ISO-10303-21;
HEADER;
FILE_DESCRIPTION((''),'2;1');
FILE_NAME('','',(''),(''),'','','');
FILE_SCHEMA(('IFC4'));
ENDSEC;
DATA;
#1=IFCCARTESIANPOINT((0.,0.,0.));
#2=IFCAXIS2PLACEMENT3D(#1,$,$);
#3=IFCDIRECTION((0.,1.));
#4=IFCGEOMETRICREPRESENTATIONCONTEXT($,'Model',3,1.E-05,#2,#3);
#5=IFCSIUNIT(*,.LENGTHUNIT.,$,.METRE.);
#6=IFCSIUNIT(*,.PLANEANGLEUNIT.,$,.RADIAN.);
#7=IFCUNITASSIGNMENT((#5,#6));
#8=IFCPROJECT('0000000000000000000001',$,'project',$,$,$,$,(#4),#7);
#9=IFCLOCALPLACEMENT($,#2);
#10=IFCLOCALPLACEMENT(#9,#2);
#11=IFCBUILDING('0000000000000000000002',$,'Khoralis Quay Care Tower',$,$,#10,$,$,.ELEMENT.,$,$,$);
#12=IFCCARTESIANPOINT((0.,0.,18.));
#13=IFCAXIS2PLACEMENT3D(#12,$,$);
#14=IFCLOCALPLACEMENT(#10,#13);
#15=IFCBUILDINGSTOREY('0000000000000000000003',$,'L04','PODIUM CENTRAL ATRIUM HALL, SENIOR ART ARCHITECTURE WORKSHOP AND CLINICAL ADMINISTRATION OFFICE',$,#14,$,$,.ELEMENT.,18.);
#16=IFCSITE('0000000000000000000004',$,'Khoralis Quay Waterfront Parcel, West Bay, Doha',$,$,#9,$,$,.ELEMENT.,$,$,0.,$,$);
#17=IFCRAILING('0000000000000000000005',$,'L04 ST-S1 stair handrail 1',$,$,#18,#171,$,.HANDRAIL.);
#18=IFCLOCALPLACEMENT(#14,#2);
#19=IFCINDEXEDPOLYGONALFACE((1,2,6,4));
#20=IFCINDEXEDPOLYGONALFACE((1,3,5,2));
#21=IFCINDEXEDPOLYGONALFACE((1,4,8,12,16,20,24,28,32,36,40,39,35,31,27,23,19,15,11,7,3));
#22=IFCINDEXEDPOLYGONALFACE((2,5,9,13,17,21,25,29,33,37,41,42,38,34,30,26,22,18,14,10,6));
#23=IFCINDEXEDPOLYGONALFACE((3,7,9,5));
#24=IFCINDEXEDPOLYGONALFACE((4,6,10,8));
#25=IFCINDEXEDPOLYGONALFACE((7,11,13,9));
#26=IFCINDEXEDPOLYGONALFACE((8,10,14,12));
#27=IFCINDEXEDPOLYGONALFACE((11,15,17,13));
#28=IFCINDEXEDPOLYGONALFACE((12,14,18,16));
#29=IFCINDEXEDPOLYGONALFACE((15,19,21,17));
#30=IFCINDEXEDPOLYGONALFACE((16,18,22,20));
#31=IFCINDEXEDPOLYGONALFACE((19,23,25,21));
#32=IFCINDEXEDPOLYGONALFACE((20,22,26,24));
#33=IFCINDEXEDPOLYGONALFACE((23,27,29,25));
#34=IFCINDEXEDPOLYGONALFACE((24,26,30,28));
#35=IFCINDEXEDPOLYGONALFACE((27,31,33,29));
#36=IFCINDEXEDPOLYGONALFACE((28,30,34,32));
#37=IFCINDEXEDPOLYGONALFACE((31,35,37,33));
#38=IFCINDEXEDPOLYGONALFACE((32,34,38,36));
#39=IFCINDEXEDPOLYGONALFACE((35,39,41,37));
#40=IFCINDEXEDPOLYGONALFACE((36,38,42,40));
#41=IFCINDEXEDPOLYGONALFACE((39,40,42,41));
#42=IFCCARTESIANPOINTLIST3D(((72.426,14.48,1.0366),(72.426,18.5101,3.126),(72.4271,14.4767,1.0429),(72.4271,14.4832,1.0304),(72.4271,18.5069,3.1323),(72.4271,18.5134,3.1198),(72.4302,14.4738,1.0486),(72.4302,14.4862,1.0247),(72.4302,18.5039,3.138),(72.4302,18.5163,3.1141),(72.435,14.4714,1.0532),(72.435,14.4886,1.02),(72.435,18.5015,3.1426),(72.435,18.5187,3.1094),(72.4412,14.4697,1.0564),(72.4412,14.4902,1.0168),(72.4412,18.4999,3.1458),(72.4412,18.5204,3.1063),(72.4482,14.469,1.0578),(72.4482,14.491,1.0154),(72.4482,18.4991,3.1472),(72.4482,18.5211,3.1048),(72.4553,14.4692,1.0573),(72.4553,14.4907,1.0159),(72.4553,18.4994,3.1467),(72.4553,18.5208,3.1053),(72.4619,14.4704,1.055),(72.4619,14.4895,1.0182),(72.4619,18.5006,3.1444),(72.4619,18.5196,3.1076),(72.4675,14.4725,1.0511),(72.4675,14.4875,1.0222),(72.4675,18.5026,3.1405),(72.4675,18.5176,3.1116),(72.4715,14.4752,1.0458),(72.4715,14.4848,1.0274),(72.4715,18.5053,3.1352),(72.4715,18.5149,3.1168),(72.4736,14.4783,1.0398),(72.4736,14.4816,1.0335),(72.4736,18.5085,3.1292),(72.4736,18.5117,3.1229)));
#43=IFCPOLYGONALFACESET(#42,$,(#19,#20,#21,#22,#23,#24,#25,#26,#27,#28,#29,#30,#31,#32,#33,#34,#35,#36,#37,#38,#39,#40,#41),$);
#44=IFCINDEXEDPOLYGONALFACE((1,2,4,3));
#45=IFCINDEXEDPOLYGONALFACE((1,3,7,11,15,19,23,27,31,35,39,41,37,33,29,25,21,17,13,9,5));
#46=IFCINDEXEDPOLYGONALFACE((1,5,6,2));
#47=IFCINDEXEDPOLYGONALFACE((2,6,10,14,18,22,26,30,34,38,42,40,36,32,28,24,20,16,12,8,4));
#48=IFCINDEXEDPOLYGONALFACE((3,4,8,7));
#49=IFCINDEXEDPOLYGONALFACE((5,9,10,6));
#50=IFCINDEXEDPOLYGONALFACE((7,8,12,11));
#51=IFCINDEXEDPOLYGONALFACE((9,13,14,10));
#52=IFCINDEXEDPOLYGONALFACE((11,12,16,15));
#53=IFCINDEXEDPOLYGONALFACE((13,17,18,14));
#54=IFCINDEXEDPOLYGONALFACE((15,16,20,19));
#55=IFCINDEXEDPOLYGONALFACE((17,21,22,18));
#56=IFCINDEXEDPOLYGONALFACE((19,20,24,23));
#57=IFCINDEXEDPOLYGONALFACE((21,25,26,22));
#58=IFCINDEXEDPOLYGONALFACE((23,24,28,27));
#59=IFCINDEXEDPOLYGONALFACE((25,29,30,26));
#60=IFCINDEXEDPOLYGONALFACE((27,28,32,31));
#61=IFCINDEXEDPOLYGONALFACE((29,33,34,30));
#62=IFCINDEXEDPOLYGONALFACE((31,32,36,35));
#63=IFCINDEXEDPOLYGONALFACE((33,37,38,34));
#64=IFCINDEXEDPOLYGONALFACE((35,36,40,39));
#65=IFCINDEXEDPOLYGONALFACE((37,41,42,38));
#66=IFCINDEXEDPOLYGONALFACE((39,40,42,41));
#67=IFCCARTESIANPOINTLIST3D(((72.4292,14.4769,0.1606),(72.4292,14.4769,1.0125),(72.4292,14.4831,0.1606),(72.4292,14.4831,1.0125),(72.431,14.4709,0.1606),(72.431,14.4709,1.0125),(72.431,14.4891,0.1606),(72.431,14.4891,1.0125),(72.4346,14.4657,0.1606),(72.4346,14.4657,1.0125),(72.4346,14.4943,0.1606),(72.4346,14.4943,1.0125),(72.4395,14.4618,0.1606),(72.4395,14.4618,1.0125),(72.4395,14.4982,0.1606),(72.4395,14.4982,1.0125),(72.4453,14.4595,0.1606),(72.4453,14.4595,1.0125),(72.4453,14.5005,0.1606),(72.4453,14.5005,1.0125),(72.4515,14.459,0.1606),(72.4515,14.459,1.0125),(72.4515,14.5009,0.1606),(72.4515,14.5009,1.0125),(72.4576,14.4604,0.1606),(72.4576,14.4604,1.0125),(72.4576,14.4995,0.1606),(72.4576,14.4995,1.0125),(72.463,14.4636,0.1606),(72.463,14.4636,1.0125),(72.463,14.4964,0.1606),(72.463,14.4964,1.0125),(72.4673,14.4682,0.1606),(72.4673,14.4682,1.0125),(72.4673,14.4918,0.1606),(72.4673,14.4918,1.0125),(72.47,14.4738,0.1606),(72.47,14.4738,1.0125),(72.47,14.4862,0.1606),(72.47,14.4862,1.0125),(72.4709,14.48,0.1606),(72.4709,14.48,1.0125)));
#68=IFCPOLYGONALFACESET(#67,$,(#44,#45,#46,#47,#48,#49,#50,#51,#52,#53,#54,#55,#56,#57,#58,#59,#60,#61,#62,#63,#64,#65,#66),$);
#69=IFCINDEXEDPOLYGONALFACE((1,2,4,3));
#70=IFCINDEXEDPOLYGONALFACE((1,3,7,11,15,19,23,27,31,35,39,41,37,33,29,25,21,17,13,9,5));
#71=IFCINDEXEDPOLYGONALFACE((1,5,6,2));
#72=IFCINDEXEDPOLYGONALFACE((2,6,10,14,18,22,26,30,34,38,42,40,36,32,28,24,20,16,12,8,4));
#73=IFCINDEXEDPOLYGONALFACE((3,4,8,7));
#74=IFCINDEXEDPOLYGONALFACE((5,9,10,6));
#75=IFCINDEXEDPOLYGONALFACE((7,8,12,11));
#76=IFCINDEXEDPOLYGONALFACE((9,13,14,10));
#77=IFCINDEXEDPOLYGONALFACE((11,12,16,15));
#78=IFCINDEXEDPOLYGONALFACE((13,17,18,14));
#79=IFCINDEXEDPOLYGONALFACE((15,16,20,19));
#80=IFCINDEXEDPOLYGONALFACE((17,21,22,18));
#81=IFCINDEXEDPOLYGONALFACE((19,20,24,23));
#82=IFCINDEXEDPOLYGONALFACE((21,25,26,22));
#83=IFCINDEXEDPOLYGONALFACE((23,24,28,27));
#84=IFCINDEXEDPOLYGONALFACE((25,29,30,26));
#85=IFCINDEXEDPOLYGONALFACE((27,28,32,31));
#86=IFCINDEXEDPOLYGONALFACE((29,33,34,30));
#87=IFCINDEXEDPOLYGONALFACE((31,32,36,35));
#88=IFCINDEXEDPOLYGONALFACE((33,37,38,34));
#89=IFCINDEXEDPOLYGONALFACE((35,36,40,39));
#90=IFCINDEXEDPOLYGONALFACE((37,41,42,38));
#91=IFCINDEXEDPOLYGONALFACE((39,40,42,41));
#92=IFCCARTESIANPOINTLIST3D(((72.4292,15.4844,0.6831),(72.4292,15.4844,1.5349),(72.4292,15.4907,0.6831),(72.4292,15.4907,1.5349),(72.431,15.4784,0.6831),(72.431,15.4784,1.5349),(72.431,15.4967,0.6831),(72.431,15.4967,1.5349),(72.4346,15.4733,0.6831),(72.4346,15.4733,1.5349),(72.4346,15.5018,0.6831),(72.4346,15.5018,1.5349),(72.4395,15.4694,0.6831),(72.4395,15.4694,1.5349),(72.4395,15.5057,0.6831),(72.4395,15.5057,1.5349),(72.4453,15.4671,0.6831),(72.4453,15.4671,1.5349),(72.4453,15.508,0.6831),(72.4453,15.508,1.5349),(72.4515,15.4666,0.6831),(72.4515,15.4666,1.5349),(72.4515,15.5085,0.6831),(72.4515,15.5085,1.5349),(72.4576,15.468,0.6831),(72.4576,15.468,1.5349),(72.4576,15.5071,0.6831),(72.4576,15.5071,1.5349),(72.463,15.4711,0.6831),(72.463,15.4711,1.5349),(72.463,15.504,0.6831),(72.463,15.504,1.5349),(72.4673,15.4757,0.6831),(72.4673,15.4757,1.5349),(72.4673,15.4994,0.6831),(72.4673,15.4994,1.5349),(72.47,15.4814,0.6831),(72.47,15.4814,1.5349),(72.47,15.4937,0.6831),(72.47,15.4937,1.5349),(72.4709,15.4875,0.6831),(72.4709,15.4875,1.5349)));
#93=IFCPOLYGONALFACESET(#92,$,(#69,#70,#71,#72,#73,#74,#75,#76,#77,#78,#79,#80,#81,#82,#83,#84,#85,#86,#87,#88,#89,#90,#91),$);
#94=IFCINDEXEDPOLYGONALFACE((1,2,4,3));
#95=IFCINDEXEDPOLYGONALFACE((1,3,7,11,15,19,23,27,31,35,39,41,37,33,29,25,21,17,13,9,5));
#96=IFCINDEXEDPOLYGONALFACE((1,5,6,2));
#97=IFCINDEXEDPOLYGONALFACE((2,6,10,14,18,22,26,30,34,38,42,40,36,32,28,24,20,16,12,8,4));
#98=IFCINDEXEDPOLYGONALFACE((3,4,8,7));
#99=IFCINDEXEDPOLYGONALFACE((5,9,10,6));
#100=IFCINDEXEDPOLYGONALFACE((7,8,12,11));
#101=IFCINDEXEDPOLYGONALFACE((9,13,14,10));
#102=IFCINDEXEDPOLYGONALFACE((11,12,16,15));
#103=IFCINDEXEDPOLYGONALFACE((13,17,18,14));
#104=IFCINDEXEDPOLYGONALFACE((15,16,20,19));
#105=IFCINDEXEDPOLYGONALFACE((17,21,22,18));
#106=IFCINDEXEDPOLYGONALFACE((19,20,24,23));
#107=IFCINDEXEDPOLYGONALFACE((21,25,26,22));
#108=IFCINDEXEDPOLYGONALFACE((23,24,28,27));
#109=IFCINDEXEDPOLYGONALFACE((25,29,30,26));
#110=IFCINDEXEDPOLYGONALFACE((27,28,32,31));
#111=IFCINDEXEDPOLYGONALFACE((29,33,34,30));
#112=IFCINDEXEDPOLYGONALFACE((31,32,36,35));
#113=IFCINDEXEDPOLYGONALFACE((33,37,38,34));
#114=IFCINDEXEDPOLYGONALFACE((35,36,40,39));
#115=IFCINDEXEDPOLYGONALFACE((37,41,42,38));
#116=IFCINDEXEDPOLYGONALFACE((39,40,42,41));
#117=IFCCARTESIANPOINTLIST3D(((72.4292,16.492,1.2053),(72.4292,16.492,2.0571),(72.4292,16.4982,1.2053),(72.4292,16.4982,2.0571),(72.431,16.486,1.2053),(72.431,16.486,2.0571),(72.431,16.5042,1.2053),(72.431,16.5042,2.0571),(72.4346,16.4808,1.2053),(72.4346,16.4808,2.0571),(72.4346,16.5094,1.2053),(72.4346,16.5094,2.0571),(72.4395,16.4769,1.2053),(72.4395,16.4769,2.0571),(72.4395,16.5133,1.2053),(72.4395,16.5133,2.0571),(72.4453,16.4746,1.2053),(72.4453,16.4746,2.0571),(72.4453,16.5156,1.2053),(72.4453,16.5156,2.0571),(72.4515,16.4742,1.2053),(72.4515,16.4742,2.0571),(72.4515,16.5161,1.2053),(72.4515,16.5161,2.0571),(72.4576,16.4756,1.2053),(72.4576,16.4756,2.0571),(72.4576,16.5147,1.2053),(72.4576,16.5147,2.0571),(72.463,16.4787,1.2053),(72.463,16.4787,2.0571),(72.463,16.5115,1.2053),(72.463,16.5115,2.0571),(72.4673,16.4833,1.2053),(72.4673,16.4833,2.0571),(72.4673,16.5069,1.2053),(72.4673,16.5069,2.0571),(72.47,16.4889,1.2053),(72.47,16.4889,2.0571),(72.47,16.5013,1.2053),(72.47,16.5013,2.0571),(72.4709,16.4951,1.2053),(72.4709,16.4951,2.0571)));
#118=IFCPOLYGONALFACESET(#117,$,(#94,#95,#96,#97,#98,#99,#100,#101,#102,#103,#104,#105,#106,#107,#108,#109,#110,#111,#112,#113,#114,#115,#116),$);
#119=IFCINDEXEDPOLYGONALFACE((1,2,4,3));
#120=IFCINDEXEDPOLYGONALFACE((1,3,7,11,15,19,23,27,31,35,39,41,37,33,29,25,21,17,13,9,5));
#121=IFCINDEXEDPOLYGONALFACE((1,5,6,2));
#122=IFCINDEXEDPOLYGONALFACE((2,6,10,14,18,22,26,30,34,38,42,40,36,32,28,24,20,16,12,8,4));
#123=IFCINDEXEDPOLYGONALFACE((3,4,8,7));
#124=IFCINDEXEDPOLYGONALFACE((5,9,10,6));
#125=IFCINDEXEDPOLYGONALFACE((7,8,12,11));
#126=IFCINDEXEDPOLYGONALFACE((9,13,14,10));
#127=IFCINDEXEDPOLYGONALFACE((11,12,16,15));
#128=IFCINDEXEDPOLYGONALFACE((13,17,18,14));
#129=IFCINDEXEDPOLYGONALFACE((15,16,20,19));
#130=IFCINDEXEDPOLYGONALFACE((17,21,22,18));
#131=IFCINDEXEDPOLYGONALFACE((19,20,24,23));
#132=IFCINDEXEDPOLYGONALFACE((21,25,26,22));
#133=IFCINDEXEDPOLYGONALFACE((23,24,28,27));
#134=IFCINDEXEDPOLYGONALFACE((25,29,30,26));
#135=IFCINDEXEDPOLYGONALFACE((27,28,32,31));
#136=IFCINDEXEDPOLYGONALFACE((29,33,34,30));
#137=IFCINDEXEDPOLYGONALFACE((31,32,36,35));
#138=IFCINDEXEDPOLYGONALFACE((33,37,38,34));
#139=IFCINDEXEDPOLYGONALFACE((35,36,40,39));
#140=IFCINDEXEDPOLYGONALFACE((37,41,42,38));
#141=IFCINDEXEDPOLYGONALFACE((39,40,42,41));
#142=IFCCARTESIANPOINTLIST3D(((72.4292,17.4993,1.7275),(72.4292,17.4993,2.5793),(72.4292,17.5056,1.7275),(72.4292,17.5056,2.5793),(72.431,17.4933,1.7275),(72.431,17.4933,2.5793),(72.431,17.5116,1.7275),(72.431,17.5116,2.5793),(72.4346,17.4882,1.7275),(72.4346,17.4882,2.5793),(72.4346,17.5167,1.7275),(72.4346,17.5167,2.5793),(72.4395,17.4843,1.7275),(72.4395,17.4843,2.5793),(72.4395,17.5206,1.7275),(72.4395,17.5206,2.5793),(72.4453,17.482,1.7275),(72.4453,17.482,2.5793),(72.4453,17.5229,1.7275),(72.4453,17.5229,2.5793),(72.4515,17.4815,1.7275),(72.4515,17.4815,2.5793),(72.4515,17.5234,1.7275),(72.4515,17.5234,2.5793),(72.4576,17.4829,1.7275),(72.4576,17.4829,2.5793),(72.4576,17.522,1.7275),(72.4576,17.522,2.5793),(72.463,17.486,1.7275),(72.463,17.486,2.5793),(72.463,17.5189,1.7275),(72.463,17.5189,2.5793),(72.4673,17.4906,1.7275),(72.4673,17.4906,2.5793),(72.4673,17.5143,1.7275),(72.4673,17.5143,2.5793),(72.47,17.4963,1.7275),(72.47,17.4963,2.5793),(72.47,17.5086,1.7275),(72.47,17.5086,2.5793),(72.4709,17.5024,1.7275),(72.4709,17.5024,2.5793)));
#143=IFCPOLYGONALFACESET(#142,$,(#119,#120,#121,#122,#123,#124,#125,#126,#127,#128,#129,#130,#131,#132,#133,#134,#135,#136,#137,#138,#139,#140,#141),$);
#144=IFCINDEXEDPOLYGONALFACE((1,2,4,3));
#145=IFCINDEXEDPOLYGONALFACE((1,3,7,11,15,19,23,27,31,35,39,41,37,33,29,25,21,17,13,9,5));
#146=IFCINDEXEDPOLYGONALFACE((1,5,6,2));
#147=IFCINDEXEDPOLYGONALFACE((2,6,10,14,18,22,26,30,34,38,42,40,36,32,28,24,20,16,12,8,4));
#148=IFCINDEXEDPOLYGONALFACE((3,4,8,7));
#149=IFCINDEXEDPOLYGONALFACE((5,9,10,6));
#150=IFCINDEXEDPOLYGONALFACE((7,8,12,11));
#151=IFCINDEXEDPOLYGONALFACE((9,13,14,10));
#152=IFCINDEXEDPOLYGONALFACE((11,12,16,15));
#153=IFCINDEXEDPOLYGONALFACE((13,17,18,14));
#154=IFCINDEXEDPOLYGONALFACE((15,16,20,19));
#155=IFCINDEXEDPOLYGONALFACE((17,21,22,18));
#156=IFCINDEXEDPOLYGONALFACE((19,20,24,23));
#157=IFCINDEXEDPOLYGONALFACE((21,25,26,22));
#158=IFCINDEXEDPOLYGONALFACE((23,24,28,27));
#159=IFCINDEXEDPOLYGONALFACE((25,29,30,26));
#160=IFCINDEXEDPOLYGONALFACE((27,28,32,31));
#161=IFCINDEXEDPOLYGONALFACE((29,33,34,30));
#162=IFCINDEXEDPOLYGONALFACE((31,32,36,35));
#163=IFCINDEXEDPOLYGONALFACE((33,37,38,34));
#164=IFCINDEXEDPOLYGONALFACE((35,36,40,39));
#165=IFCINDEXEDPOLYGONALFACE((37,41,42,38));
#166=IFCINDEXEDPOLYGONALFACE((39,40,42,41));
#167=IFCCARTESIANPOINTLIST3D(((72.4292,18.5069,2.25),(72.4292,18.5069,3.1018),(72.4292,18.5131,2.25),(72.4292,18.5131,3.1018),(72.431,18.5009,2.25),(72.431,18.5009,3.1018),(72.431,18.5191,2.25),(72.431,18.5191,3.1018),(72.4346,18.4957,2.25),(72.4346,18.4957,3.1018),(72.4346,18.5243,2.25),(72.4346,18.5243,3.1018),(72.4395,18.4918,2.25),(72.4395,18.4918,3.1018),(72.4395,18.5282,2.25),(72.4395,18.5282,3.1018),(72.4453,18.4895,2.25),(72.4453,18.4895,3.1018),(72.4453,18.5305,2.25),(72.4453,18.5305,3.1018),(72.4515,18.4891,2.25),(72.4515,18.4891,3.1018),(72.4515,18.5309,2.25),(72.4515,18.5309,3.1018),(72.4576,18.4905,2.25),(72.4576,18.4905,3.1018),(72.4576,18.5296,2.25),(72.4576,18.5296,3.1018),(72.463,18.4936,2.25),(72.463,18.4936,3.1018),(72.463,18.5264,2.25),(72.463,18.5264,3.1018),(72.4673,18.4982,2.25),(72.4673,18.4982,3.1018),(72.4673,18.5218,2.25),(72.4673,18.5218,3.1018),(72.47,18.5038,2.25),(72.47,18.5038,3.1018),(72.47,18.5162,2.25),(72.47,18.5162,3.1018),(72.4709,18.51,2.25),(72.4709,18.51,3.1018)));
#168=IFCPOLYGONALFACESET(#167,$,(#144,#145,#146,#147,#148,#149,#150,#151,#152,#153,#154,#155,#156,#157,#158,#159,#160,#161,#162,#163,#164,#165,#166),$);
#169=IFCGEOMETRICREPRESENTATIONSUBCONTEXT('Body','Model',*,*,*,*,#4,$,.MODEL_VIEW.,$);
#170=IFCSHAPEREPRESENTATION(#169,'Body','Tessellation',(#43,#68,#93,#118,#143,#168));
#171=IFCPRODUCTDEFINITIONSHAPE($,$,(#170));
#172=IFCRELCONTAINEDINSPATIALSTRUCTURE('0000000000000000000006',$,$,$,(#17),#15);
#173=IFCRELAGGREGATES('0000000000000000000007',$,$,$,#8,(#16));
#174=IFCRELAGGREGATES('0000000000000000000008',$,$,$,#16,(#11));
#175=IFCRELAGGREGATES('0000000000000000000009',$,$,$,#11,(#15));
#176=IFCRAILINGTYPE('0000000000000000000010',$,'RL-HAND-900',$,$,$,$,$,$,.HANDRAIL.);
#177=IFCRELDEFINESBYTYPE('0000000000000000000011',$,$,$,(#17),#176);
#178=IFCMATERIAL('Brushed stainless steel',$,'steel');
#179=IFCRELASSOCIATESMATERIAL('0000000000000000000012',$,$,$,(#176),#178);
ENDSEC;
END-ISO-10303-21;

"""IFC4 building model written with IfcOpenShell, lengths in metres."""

from ifc_helpers import new_model, si_unit, direction, frame, origin, origin_2d, place, context, subcontext, project, spatial, circle, extrude, material, type_object, element, save


model = new_model("IFC4")

# Units and contexts
model_context = context("Model", 3, precision=1e-05, world=origin(), true_north=direction((0.0, 1.0)))
body_context = subcontext(model_context, "Body", "Model", "MODEL_VIEW")
ifc_project = project(units=[si_unit("LENGTHUNIT", "METRE"), si_unit("PLANEANGLEUNIT", "RADIAN")], contexts=[model_context])

# Site, building, storey
site_placement = place(None, origin())
site = spatial("IfcSite", under=ifc_project, at=site_placement, Name="Khoralis Quay Waterfront Parcel, West Bay, Doha", CompositionType="ELEMENT", RefElevation=0.0)
building_placement = place(site_placement, origin())
building = spatial("IfcBuilding", under=site, at=building_placement, Name="Khoralis Quay Care Tower", CompositionType="ELEMENT")
storey_placement = place(building_placement, frame((0.0, 0.0, 18.0)))
storey = spatial("IfcBuildingStorey", under=building, at=storey_placement, Name="L04", Description="PODIUM CENTRAL ATRIUM HALL, SENIOR ART ARCHITECTURE WORKSHOP AND CLINICAL ADMINISTRATION OFFICE", CompositionType="ELEMENT", Elevation=18.0)

# Railing
ifc_material_1 = material(Name="Brushed stainless steel", Category="steel")
railing_type_1 = type_object("IfcRailingType", Name="RL-HAND-900", PredefinedType="HANDRAIL", material=ifc_material_1)
railing_1_placement = place(storey_placement, frame((72.45, 14.48, 0.1606)))
element("IfcRailing", 1, at=railing_1_placement, inside=storey, type_object=railing_type_1, Name="L04 ST-S1 stair handrail 1", PredefinedType="HANDRAIL", context=body_context, shape_type="SweptSolid", body=[
    extrude(circle(Radius=0.0239, at=origin_2d()), frame((0.0, 0.0, 0.876), z_axis=(0.0, 0.887781, 0.460267), x_axis=(-1.0, 0.0, 0.0)), (0.0, 0.0, 1.0), 4.5396),
    extrude(circle(Radius=0.021, at=origin_2d()), origin(), (0.0, 0.0, 1.0), 0.8518),
    extrude(circle(Radius=0.021, at=origin_2d()), frame((0.0, 1.0076, 0.5225)), (0.0, 0.0, 1.0), 0.8518),
    extrude(circle(Radius=0.021, at=origin_2d()), frame((0.0, 2.0151, 1.0447)), (0.0, 0.0, 1.0), 0.8518),
    extrude(circle(Radius=0.021, at=origin_2d()), frame((0.0, 3.0225, 1.5669)), (0.0, 0.0, 1.0), 0.8518),
    extrude(circle(Radius=0.021, at=origin_2d()), frame((0.0, 4.03, 2.0894)), (0.0, 0.0, 1.0), 0.8518),
])

save(model, "model.ifc")
